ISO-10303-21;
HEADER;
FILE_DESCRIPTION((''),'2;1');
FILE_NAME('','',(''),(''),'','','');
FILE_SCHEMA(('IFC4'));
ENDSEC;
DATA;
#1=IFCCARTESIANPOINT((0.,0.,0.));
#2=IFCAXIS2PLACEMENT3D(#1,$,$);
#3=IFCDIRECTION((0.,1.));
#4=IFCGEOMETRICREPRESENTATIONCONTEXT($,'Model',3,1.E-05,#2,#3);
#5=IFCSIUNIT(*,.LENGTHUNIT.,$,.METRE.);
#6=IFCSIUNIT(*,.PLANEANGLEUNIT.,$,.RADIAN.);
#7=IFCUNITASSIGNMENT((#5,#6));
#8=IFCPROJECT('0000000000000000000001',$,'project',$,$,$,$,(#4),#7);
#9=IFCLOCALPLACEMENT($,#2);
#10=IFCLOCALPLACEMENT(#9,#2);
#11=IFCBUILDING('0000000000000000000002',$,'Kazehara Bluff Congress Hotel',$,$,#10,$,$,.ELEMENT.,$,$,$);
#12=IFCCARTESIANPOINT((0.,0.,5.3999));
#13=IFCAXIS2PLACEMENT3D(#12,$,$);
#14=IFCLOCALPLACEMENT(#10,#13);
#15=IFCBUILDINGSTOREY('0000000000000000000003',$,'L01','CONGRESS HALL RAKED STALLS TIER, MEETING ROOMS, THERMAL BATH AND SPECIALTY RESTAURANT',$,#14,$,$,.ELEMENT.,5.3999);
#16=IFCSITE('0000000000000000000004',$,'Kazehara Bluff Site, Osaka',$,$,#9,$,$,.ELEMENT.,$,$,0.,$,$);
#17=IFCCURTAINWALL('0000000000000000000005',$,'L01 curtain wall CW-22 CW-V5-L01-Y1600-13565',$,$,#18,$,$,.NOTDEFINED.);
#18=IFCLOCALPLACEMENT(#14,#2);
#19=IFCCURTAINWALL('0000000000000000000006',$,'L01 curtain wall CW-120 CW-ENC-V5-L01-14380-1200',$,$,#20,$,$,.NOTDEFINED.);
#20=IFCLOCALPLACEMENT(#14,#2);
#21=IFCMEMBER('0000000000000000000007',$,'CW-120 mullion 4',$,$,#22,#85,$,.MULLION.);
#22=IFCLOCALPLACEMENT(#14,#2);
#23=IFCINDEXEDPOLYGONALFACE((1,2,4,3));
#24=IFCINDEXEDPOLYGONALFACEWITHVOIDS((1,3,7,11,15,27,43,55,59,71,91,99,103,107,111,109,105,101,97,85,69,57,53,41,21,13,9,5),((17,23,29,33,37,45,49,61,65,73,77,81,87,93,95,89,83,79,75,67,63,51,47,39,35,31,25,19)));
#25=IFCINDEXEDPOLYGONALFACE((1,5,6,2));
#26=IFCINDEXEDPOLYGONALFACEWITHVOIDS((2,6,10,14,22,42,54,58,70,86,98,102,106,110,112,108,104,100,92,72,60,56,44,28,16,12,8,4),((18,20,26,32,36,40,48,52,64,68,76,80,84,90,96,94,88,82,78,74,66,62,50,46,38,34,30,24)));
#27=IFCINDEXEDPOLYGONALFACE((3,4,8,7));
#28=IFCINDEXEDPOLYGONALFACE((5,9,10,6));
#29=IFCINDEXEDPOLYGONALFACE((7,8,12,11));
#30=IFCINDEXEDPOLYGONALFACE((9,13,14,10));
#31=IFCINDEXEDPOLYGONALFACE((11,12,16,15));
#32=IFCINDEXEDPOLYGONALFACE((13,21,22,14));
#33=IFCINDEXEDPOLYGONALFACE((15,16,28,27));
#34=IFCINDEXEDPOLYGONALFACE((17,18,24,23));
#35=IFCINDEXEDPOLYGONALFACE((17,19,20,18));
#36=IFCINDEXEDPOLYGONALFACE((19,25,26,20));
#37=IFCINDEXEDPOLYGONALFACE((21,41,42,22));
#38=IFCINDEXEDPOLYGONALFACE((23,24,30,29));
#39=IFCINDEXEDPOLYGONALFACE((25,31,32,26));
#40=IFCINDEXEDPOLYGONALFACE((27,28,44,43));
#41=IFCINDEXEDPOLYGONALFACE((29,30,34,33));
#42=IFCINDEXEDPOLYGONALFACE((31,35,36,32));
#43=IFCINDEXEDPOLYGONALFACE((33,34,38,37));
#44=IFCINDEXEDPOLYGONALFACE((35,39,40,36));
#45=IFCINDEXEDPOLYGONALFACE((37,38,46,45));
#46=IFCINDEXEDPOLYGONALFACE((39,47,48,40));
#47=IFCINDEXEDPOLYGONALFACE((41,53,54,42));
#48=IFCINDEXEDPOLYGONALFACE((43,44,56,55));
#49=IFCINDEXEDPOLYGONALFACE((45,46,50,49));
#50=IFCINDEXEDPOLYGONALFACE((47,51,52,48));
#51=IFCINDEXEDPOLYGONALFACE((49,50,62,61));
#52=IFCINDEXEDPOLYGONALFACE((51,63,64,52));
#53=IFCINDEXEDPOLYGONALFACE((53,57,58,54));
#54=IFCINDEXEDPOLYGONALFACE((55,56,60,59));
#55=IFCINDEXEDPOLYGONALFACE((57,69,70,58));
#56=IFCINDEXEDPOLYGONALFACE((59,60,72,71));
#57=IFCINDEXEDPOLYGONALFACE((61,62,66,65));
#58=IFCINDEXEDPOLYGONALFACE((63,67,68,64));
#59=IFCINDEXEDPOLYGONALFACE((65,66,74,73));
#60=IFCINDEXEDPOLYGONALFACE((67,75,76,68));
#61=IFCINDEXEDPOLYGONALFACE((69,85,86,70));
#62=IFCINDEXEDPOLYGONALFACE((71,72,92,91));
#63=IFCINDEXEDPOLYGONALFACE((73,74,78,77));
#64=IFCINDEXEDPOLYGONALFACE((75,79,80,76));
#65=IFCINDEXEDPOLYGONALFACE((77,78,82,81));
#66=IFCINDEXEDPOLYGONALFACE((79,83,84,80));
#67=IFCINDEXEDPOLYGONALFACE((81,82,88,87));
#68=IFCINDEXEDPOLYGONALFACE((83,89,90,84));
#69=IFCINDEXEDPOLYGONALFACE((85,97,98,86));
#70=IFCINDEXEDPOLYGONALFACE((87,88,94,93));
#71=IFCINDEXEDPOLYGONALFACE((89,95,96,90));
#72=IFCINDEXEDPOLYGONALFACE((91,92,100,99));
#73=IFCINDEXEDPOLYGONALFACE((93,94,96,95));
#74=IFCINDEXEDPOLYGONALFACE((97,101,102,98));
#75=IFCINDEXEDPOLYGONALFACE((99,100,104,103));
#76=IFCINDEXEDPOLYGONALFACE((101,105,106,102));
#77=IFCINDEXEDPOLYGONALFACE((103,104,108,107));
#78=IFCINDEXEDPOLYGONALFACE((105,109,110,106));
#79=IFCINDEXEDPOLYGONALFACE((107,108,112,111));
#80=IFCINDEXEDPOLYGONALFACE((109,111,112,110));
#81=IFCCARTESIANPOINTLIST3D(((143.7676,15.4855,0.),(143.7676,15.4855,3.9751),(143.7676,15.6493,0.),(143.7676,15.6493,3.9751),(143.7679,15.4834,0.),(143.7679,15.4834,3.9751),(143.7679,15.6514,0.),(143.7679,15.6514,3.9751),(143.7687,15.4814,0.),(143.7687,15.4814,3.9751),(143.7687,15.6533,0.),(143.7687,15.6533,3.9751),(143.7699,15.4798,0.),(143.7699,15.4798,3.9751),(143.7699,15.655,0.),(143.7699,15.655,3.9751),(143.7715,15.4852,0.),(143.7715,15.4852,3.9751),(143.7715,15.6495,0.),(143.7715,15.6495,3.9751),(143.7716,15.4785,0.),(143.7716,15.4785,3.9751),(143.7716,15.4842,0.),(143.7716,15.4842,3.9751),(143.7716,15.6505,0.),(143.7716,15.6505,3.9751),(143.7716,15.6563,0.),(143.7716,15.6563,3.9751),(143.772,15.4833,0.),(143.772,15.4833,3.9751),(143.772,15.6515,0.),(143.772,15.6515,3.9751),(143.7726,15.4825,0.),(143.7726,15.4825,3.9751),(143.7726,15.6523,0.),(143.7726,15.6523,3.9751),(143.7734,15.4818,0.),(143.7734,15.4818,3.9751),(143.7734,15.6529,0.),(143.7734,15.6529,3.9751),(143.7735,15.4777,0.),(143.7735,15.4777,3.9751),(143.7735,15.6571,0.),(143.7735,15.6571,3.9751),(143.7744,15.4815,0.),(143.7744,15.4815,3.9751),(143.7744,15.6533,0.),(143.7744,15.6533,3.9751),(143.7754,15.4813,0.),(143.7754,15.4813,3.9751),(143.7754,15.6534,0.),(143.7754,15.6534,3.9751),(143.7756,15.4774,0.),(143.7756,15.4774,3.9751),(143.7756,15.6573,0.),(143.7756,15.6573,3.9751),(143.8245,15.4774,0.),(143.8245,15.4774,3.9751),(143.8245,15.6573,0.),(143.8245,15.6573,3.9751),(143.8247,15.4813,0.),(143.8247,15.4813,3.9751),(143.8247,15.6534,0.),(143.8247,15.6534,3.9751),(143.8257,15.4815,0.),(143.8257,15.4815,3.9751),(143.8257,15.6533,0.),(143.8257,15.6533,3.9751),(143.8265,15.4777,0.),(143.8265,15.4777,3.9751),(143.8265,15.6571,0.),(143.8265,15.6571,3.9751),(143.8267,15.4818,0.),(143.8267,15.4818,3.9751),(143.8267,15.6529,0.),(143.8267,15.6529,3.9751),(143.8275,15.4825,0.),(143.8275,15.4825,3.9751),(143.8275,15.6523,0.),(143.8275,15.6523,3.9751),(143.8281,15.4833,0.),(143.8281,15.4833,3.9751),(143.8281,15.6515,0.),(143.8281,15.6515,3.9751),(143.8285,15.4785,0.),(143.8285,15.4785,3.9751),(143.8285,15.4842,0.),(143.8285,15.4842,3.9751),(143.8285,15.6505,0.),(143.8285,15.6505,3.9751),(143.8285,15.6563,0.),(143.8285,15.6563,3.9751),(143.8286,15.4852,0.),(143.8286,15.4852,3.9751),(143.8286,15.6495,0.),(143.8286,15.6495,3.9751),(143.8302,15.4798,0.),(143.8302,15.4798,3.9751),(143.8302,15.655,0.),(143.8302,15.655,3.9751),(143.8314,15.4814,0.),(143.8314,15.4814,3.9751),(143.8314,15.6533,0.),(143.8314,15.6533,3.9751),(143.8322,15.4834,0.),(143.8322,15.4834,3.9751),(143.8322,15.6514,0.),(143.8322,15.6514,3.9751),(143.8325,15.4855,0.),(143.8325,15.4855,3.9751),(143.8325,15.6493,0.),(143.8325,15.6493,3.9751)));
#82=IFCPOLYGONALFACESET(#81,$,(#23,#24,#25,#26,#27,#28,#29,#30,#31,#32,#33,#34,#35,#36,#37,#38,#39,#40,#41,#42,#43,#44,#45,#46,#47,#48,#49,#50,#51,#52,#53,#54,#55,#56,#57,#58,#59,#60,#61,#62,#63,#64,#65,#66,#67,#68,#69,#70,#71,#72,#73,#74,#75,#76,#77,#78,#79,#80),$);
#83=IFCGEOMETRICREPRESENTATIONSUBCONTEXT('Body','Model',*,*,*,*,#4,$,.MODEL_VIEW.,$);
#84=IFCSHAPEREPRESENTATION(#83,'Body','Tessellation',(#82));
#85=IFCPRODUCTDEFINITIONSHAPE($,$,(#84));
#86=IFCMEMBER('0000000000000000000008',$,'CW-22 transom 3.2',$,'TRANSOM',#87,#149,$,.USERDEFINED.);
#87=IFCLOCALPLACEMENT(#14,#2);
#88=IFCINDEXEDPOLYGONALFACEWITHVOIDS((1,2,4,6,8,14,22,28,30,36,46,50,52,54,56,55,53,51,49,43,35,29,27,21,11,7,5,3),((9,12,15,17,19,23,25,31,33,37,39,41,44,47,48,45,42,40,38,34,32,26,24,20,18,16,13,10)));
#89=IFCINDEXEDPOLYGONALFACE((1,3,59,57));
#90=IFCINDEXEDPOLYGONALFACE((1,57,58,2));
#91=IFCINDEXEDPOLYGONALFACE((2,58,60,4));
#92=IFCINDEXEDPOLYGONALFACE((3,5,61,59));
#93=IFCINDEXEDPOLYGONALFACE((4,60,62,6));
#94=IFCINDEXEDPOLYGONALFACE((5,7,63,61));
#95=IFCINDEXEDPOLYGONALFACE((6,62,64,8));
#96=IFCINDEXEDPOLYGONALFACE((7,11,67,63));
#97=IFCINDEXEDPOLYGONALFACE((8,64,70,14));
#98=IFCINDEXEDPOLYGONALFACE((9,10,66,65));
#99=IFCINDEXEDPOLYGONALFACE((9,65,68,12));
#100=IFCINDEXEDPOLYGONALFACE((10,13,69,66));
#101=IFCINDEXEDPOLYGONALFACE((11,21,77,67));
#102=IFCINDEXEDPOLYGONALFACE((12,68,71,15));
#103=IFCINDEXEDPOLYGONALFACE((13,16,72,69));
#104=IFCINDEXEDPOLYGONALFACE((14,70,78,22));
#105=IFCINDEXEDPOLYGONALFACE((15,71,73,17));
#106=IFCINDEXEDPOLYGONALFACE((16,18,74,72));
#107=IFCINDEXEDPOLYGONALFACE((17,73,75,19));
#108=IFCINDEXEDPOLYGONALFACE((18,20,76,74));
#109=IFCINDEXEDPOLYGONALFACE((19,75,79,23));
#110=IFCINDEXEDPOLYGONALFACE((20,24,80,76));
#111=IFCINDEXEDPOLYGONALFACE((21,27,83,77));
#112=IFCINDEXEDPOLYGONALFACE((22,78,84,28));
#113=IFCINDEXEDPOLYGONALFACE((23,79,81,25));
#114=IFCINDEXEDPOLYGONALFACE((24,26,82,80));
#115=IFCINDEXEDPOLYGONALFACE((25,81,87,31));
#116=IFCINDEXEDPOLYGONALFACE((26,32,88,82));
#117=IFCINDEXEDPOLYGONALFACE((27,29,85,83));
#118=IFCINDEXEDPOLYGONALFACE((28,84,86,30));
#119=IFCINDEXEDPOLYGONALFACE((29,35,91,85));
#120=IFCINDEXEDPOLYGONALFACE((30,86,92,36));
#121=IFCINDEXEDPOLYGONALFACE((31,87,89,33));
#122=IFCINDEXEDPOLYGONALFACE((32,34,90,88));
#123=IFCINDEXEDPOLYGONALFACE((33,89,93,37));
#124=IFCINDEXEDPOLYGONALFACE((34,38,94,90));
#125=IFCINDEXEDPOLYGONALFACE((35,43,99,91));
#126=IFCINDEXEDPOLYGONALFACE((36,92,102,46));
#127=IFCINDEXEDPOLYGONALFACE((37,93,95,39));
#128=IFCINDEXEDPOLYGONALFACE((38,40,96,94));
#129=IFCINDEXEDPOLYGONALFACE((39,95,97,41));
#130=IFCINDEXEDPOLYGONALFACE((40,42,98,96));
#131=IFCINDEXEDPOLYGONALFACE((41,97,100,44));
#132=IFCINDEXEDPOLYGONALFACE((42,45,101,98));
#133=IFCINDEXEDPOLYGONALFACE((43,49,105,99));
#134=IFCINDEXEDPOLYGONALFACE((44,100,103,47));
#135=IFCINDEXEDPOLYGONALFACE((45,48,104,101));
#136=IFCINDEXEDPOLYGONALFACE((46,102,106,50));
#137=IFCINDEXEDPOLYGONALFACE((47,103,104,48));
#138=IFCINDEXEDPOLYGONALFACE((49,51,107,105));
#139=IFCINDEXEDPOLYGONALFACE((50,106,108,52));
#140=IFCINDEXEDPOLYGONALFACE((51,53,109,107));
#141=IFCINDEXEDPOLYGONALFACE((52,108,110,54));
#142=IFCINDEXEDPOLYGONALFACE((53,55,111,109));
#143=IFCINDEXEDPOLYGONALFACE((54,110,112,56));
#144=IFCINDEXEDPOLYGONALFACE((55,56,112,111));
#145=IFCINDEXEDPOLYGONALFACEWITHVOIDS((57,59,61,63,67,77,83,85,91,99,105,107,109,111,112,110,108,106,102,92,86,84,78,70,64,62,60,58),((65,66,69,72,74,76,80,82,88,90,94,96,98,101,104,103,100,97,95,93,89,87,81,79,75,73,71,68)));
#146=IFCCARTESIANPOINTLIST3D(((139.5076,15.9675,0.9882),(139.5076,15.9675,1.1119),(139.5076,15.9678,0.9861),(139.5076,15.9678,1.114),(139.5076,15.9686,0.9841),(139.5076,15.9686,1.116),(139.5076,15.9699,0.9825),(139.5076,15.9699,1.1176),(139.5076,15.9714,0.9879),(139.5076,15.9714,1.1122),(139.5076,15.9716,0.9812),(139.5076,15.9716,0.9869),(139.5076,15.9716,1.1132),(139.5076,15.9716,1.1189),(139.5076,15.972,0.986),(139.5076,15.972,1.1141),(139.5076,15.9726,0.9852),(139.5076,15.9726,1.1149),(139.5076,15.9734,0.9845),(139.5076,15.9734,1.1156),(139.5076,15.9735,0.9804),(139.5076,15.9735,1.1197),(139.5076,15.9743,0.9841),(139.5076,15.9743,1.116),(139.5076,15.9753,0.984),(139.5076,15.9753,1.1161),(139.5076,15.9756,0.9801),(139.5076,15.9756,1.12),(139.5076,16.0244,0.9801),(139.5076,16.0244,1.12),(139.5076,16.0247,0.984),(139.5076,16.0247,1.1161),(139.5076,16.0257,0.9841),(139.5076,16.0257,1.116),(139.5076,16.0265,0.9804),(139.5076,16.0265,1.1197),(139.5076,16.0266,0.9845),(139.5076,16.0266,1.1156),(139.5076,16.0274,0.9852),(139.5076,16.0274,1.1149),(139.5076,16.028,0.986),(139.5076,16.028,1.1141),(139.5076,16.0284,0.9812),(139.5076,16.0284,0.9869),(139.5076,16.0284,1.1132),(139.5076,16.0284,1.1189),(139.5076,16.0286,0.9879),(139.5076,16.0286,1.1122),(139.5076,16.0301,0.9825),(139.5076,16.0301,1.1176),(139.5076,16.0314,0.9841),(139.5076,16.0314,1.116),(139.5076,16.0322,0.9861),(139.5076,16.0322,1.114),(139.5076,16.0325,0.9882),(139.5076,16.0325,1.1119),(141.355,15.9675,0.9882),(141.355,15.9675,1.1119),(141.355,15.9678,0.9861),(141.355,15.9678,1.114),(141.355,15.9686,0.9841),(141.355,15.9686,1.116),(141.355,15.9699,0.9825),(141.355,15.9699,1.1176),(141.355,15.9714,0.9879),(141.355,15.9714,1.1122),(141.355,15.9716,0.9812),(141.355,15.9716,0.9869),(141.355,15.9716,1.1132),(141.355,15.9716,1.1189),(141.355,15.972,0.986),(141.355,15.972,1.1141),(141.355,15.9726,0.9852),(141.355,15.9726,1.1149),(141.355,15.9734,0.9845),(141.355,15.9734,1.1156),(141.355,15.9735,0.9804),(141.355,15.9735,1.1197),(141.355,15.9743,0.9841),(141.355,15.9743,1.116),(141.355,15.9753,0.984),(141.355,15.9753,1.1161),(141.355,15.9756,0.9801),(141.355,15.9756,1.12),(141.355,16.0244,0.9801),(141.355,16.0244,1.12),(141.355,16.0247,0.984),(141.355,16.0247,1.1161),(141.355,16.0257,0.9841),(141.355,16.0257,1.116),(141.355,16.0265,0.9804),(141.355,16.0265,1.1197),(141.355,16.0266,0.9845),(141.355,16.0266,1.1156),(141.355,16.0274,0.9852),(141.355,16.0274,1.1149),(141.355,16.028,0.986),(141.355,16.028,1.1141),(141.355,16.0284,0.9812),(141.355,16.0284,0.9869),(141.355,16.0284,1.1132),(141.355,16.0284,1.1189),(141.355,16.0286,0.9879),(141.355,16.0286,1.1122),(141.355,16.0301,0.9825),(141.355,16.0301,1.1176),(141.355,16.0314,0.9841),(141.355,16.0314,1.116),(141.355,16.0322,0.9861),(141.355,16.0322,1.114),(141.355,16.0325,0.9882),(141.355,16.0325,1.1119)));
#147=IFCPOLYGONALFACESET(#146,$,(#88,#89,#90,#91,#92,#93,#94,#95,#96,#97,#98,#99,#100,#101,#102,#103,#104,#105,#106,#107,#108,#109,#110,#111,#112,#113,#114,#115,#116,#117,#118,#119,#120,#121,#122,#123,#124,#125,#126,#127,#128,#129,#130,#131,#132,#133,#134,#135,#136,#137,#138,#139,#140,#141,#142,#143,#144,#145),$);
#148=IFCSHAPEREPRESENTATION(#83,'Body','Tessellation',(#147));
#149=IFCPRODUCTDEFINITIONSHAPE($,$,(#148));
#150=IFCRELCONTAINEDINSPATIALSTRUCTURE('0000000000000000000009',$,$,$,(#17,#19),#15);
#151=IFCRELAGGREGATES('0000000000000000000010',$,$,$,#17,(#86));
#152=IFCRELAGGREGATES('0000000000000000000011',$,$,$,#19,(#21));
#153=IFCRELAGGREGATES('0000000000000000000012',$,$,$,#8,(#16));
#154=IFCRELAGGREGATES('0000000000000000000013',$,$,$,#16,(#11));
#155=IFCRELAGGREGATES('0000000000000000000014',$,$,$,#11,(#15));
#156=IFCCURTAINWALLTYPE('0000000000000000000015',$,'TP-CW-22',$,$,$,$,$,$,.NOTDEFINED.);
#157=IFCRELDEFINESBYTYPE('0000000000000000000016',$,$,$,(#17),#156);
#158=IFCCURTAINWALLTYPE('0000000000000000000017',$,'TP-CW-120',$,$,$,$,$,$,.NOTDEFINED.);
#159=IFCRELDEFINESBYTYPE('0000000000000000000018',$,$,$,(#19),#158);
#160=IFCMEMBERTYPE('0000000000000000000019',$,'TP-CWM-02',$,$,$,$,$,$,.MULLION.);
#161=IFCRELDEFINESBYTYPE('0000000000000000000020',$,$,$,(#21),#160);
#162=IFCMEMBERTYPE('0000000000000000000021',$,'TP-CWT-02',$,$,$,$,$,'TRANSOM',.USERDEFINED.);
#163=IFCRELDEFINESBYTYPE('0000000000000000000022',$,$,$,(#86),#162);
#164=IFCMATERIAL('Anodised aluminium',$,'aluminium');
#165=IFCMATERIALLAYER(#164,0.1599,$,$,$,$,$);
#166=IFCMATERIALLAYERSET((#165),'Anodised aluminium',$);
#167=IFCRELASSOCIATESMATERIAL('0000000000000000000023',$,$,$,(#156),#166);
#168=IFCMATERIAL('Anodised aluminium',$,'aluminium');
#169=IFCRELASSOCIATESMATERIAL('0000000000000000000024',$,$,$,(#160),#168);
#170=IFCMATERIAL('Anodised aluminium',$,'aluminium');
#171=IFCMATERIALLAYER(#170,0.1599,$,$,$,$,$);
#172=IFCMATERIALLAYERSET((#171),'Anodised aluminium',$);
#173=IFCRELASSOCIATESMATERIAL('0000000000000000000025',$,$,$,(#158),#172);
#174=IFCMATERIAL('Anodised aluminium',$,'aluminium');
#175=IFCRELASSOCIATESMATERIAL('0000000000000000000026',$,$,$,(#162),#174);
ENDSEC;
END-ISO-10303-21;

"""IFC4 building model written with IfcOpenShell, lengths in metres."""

from ifc_helpers import new_model, si_unit, direction, frame, origin, origin_2d, place, context, subcontext, project, spatial, hollow_rectangle, extrude, material, layer, layer_set, material_profile, profile_set, type_object, element, aggregate, save


model = new_model("IFC4")

# Units and contexts
model_context = context("Model", 3, precision=1e-05, world=origin(), true_north=direction((0.0, 1.0)))
body_context = subcontext(model_context, "Body", "Model", "MODEL_VIEW")
ifc_project = project(units=[si_unit("LENGTHUNIT", "METRE"), si_unit("PLANEANGLEUNIT", "RADIAN")], contexts=[model_context])

# Site, building, storey
site_placement = place(None, origin())
site = spatial("IfcSite", under=ifc_project, at=site_placement, Name="Kazehara Bluff Site, Osaka", CompositionType="ELEMENT", RefElevation=0.0)
building_placement = place(site_placement, origin())
building = spatial("IfcBuilding", under=site, at=building_placement, Name="Kazehara Bluff Congress Hotel", CompositionType="ELEMENT")
storey_placement = place(building_placement, frame((0.0, 0.0, 5.3999)))
storey = spatial("IfcBuildingStorey", under=building, at=storey_placement, Name="L01", Description="CONGRESS HALL RAKED STALLS TIER, MEETING ROOMS, THERMAL BATH AND SPECIALTY RESTAURANT", CompositionType="ELEMENT", Elevation=5.3999)

# Curtain walls, member
ifc_material_1 = material(Name="Anodised aluminium", Category="aluminium")
ifc_layer_1 = layer(ifc_material_1, 0.1599)
ifc_layer_set_1 = layer_set([ifc_layer_1], Name="Anodised aluminium")
curtain_wall_type_1 = type_object("IfcCurtainWallType", Name="TP-CW-22", PredefinedType="NOTDEFINED", material=ifc_layer_set_1)
curtain_wall_1_placement = place(storey_placement, origin())
curtain_wall_1 = element("IfcCurtainWall", 1, at=curtain_wall_1_placement, inside=storey, type_object=curtain_wall_type_1, Name="L01 curtain wall CW-22 CW-V5-L01-Y1600-13565", PredefinedType="NOTDEFINED")
ifc_material_2 = material(Name="Anodised aluminium", Category="aluminium")
ifc_material_profile_1 = material_profile(ifc_material_2, hollow_rectangle(XDim=0.0649, YDim=0.1799, WallThickness=0.0039, InnerFilletRadius=0.0039, OuterFilletRadius=0.0081, at=origin_2d()))
ifc_profile_set_1 = profile_set([ifc_material_profile_1], Name="Anodised aluminium")
member_type_1 = type_object("IfcMemberType", Name="TP-CWM-02", PredefinedType="MULLION", material=ifc_profile_set_1)
ifc_material_3 = material(Name="Anodised aluminium", Category="aluminium")
ifc_layer_2 = layer(ifc_material_3, 0.1599)
ifc_layer_set_2 = layer_set([ifc_layer_2], Name="Anodised aluminium")
curtain_wall_type_2 = type_object("IfcCurtainWallType", Name="TP-CW-120", PredefinedType="NOTDEFINED", material=ifc_layer_set_2)
curtain_wall_2_placement = place(storey_placement, origin())
curtain_wall_2 = element("IfcCurtainWall", 2, at=curtain_wall_2_placement, inside=storey, type_object=curtain_wall_type_2, Name="L01 curtain wall CW-120 CW-ENC-V5-L01-14380-1200", PredefinedType="NOTDEFINED")
member_1_placement = place(storey_placement, frame((143.8, 15.5674, 0.0), z_axis=(0.0, 0.0, 1.0), x_axis=(-1.0, 0.0, 0.0)))
member_1 = element("IfcMember", 3, at=member_1_placement, type_object=member_type_1, Name="CW-120 mullion 4", PredefinedType="MULLION", context=body_context, shape_type="SweptSolid", body=[
    extrude(hollow_rectangle(XDim=0.0649, YDim=0.1799, WallThickness=0.0039, InnerFilletRadius=0.0039, OuterFilletRadius=0.0081, at=origin_2d()), origin(), (0.0, 0.0, 1.0), 3.9751),
])

# Member
ifc_material_4 = material(Name="Anodised aluminium", Category="aluminium")
ifc_material_profile_2 = material_profile(ifc_material_4, hollow_rectangle(XDim=0.0649, YDim=0.1399, WallThickness=0.0039, InnerFilletRadius=0.0039, OuterFilletRadius=0.0081, at=origin_2d()))
ifc_profile_set_2 = profile_set([ifc_material_profile_2], Name="Anodised aluminium")
member_type_2 = type_object("IfcMemberType", Name="TP-CWT-02", ElementType="TRANSOM", PredefinedType="USERDEFINED", material=ifc_profile_set_2)
member_2_placement = place(storey_placement, frame((139.5076, 16.0, 1.05), z_axis=(1.0, 0.0, 0.0), x_axis=(0.0, 1.0, 0.0)))
member_2 = element("IfcMember", 4, at=member_2_placement, type_object=member_type_2, Name="CW-22 transom 3.2", ObjectType="TRANSOM", PredefinedType="USERDEFINED", context=body_context, shape_type="SweptSolid", body=[
    extrude(hollow_rectangle(XDim=0.0649, YDim=0.1399, WallThickness=0.0039, InnerFilletRadius=0.0039, OuterFilletRadius=0.0081, at=origin_2d()), origin(), (0.0, 0.0, 1.0), 1.8474),
])

aggregate(curtain_wall_1, [member_2])
aggregate(curtain_wall_2, [member_1])

save(model, "model.ifc")
